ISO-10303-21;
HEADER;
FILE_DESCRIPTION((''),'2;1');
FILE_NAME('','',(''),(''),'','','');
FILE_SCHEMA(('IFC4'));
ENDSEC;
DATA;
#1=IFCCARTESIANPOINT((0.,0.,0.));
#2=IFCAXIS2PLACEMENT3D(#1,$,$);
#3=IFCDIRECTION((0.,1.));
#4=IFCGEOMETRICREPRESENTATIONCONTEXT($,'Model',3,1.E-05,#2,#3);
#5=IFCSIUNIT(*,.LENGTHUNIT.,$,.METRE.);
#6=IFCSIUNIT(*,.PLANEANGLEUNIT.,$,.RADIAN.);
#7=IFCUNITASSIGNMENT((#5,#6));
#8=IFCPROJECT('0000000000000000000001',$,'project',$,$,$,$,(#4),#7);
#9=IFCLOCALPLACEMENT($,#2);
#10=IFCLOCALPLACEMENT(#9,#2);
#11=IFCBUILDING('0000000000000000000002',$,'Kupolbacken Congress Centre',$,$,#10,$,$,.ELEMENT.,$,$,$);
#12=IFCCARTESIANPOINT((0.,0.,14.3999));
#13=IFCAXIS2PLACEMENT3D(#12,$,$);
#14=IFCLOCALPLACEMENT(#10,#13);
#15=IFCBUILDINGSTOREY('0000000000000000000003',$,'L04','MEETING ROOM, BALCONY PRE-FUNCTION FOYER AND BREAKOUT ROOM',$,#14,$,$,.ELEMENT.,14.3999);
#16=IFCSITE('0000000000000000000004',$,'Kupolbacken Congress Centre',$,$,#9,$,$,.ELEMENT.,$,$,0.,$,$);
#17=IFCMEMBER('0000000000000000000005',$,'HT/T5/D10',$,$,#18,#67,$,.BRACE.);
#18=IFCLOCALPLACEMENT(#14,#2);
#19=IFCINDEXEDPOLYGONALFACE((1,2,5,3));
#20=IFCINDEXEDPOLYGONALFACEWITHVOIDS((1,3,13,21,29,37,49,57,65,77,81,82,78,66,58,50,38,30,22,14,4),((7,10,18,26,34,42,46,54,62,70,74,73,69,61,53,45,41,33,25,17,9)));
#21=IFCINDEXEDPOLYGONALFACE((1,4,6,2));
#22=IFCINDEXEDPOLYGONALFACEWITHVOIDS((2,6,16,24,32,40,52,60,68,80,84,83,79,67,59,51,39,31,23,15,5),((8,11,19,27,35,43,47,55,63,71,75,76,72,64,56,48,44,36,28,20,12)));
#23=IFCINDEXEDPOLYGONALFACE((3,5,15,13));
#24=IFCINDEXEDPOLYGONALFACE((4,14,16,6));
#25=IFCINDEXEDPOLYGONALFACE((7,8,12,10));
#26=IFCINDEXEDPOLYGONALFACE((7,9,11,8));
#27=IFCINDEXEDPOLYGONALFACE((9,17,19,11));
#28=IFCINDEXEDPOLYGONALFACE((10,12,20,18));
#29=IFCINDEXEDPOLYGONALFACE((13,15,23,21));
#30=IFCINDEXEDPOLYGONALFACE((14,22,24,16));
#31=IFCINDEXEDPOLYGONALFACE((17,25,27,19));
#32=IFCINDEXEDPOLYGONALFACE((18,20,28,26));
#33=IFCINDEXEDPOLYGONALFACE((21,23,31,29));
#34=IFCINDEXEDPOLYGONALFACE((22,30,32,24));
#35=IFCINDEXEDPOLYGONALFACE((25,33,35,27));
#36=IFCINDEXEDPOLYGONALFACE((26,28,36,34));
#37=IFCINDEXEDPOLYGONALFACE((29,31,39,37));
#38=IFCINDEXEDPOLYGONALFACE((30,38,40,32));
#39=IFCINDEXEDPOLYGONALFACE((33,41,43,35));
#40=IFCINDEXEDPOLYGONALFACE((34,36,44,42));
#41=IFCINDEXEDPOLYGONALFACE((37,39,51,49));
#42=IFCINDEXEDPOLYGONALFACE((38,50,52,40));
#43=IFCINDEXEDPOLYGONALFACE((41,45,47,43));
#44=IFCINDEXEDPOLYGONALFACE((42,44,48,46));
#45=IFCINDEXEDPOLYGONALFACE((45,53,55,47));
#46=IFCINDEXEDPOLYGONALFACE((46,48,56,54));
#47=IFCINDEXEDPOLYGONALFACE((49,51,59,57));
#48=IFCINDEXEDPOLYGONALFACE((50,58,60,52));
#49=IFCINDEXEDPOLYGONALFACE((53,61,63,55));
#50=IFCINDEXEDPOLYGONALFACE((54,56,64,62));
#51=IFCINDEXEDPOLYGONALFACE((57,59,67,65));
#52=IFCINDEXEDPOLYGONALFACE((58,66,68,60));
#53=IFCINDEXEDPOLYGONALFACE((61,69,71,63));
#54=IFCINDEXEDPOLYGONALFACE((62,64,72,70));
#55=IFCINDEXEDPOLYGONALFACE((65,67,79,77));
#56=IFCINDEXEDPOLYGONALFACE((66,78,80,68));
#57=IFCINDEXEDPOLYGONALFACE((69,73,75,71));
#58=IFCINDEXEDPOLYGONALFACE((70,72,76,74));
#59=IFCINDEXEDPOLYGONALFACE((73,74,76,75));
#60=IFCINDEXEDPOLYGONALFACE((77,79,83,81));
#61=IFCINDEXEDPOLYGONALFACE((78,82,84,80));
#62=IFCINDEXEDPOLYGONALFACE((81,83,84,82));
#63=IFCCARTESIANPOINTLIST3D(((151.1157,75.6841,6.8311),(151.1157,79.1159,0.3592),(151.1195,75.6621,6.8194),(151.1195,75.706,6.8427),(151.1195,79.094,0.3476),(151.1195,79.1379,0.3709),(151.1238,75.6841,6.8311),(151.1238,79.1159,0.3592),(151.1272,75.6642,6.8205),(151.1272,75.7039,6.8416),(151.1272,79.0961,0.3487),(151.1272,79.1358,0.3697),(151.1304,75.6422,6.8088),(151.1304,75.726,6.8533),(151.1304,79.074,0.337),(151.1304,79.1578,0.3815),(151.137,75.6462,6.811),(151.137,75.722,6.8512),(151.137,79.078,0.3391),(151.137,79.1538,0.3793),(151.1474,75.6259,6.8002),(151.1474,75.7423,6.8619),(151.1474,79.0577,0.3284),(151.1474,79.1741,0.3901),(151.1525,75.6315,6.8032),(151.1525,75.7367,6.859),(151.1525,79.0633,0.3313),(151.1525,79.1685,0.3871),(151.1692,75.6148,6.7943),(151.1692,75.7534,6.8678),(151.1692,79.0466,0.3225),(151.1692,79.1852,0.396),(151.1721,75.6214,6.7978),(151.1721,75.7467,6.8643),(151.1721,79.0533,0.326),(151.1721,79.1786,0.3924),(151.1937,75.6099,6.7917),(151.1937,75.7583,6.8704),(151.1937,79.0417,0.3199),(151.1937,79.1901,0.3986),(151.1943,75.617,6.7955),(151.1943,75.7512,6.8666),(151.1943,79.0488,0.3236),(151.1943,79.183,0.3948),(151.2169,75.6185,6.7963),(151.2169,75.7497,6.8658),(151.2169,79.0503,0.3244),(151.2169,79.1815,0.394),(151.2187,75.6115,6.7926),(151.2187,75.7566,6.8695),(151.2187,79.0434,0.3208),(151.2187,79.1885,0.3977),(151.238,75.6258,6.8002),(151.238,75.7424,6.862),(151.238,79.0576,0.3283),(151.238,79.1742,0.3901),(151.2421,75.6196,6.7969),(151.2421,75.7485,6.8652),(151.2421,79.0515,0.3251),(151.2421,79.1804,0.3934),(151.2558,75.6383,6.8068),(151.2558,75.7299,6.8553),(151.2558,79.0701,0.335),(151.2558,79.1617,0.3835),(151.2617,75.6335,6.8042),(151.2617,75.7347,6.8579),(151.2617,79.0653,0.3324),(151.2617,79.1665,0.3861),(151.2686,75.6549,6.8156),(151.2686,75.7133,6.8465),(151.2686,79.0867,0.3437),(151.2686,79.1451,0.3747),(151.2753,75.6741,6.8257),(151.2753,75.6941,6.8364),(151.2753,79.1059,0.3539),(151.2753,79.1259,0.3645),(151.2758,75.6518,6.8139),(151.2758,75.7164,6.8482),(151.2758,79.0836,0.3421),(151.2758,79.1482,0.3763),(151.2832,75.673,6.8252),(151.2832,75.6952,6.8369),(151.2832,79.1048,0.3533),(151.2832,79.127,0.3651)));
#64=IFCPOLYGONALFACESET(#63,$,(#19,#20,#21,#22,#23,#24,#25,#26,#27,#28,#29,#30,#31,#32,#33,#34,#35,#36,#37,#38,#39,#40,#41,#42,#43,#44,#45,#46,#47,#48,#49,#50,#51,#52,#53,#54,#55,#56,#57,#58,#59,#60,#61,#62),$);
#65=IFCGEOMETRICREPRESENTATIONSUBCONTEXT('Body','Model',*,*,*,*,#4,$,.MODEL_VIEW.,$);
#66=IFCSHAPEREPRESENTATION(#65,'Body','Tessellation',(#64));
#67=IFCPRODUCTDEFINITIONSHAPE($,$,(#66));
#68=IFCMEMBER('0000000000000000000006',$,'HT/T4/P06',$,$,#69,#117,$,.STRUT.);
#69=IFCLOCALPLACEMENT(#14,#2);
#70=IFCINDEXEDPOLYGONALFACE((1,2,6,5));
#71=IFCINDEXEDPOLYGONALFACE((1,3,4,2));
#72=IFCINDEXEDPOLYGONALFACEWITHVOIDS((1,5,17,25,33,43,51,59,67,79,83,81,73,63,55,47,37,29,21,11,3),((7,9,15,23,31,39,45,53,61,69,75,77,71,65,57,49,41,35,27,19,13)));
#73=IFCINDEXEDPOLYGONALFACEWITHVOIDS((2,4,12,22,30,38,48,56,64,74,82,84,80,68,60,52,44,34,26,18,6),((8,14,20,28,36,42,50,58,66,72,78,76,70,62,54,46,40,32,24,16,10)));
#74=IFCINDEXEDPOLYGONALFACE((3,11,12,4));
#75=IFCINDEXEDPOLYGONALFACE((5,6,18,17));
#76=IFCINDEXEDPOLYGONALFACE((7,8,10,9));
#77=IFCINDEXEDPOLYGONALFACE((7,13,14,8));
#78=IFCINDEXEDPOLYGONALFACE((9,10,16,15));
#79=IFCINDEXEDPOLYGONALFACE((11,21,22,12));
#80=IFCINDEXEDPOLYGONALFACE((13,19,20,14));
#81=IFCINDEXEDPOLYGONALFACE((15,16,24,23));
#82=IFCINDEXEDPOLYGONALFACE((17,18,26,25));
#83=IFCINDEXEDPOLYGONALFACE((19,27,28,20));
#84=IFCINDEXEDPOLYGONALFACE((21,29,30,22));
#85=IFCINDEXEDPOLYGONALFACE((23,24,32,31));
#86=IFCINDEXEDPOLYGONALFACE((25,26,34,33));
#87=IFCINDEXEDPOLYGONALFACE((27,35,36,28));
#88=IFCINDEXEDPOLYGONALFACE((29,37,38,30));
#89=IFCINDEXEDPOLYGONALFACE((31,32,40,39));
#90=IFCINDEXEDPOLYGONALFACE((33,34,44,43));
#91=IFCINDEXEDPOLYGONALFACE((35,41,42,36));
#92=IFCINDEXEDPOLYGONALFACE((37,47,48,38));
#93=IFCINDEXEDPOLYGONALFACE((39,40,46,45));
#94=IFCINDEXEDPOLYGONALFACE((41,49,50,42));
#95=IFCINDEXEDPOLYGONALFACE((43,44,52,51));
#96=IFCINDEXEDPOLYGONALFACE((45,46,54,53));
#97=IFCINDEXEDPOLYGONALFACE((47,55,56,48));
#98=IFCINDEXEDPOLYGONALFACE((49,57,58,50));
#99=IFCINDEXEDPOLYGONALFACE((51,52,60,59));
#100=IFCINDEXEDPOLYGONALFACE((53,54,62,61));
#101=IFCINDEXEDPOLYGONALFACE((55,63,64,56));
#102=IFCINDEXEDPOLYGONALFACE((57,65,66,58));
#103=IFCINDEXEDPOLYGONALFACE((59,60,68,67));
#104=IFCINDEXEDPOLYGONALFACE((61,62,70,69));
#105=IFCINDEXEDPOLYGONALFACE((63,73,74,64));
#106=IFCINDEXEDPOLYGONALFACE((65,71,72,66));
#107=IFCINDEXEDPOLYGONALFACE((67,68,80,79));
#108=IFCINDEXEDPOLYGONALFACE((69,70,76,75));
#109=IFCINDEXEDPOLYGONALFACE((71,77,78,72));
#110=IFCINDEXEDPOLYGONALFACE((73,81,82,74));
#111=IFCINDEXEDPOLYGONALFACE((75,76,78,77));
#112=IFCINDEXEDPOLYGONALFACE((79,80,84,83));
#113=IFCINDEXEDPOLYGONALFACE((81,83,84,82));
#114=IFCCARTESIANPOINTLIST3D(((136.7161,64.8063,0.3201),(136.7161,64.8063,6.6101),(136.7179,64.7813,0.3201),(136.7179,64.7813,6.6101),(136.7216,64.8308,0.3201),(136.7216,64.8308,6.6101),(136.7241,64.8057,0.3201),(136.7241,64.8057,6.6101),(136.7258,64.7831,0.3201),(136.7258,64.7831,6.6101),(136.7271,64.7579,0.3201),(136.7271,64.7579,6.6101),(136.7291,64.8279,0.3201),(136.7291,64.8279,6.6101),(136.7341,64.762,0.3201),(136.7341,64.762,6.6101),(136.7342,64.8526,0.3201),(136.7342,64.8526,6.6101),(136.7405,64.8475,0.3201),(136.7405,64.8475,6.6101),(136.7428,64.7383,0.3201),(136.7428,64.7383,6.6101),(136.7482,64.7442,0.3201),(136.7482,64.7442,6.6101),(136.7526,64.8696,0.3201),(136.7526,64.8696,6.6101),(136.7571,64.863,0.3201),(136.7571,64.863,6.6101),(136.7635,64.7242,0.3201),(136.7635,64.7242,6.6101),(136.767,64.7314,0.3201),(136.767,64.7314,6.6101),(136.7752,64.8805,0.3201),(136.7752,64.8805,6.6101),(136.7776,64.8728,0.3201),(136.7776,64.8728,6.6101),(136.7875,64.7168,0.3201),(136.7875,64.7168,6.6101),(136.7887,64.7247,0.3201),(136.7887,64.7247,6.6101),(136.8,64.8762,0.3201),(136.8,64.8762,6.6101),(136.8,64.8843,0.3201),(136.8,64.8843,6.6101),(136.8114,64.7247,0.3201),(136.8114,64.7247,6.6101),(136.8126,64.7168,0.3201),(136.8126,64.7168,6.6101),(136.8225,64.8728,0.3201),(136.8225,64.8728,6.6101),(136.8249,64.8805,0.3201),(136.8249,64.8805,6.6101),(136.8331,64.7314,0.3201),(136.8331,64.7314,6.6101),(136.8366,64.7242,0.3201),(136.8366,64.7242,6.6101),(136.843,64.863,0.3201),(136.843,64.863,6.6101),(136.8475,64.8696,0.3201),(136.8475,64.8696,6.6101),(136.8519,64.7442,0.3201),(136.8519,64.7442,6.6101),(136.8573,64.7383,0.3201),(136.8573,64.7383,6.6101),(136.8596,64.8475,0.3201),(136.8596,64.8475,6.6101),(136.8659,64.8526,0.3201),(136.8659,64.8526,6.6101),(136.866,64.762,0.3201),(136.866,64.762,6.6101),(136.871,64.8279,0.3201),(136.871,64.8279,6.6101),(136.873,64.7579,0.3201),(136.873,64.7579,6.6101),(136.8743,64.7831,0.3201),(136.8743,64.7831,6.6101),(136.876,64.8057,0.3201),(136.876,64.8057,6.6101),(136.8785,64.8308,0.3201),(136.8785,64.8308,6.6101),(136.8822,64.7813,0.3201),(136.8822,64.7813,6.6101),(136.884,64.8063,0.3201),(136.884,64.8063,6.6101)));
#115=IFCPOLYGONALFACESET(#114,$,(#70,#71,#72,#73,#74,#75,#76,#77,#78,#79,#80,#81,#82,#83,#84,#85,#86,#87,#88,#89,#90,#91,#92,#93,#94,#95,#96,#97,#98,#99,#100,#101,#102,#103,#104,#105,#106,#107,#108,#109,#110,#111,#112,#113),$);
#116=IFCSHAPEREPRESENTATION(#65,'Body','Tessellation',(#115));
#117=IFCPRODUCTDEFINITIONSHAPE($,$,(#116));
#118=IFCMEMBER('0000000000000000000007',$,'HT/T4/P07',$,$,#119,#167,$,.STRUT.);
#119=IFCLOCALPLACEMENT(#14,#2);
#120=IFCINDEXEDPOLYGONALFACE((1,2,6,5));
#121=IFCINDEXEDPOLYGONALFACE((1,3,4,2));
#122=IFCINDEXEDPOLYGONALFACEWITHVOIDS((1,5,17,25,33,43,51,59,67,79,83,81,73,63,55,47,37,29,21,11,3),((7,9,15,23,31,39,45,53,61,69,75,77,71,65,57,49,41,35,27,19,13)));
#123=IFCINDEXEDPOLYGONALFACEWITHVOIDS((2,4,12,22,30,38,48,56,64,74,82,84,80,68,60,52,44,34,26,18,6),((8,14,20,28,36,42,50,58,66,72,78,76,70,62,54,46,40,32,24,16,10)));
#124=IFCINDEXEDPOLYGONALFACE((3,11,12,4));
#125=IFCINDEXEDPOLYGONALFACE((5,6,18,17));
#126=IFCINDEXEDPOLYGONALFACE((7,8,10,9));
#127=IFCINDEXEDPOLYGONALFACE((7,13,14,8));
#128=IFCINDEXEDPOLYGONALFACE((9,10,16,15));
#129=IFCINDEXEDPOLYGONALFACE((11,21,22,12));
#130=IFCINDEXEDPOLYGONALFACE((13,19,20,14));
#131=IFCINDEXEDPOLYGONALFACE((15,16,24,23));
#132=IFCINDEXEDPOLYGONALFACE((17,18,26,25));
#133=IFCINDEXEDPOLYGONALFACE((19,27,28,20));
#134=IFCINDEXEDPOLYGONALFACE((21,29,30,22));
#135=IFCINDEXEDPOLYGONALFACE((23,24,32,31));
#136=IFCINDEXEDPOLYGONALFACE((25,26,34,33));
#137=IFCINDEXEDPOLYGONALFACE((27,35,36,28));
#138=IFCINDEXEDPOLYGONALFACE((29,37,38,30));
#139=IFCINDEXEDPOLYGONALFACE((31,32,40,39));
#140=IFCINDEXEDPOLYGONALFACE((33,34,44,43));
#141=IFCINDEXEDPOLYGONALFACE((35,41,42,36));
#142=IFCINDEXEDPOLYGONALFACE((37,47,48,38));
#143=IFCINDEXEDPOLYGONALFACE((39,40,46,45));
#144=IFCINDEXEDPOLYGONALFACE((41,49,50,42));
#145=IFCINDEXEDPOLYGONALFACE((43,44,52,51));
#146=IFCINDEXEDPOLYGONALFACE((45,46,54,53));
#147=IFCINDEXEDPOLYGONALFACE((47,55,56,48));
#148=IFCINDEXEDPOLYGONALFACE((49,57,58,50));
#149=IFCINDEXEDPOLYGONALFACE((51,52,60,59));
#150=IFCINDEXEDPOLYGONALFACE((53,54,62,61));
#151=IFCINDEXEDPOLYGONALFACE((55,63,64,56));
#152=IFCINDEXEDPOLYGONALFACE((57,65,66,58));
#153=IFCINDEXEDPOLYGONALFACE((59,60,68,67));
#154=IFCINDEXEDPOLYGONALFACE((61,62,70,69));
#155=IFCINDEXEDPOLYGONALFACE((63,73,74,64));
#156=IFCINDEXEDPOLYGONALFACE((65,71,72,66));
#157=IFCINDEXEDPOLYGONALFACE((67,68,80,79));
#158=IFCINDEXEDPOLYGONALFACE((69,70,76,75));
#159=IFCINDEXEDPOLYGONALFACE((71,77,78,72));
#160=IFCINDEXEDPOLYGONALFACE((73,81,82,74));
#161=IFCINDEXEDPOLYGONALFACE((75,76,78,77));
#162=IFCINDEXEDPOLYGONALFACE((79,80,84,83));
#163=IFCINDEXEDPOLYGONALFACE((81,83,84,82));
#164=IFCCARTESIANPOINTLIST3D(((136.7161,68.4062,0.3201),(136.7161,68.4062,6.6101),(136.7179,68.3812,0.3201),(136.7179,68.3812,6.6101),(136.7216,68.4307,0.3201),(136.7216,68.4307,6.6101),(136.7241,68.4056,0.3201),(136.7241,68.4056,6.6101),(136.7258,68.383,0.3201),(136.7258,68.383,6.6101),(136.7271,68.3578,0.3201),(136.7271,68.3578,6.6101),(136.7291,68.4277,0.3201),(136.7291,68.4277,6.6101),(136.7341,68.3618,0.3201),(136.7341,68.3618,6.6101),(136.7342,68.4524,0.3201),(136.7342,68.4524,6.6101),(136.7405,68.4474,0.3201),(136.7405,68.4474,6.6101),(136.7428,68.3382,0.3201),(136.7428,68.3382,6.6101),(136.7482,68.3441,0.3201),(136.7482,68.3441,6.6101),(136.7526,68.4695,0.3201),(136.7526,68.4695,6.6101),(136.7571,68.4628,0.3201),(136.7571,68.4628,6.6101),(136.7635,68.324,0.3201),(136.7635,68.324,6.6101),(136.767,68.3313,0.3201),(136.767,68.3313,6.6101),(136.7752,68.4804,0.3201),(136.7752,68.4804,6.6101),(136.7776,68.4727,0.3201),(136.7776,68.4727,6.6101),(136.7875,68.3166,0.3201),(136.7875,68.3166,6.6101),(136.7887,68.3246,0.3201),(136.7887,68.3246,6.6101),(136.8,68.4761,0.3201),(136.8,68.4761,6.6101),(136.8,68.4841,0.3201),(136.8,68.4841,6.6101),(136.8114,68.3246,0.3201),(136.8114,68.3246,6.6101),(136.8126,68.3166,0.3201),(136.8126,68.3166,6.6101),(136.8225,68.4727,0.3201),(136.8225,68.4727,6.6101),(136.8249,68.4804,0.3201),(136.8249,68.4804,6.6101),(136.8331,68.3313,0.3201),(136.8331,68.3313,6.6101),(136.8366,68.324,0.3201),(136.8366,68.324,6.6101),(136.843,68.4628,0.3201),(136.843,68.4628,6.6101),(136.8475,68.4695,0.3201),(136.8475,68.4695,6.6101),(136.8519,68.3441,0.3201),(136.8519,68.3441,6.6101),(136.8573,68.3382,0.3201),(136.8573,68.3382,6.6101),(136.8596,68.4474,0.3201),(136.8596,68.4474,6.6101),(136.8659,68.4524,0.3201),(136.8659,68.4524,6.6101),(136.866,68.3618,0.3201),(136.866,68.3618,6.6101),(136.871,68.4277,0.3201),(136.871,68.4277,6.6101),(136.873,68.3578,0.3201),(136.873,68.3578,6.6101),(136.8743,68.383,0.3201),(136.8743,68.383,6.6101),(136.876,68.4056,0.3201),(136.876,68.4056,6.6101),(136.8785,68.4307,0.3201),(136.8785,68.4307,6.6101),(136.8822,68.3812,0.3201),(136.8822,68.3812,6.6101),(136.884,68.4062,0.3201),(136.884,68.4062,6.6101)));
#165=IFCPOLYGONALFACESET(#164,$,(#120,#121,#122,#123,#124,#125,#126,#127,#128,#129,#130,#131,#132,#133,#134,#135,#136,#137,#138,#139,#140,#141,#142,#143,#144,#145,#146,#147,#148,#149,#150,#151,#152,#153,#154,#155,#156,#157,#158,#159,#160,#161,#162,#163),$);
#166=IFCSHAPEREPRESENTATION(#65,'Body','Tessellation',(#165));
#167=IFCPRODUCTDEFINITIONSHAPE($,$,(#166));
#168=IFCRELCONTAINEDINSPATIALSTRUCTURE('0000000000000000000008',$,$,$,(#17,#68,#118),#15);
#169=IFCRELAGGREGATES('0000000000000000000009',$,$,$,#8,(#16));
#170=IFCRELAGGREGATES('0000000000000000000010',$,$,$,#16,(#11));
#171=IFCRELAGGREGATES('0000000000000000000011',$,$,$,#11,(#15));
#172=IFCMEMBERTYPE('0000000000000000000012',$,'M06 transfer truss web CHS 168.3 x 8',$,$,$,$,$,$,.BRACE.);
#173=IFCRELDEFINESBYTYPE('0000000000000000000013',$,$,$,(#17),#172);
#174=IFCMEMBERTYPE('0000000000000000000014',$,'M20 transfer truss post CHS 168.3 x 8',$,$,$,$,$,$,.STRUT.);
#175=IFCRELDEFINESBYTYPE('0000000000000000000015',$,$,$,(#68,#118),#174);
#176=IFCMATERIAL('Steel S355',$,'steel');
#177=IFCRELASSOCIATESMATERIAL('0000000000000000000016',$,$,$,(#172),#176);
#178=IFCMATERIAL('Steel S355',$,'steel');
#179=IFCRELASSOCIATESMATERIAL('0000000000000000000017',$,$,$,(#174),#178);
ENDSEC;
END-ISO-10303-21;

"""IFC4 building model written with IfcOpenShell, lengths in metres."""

from ifc_helpers import new_model, si_unit, direction, frame, origin, origin_2d, place, context, subcontext, project, spatial, hollow_circle, extrude, material, material_profile, profile_set, type_object, element, save


model = new_model("IFC4")

# Units and contexts
model_context = context("Model", 3, precision=1e-05, world=origin(), true_north=direction((0.0, 1.0)))
body_context = subcontext(model_context, "Body", "Model", "MODEL_VIEW")
ifc_project = project(units=[si_unit("LENGTHUNIT", "METRE"), si_unit("PLANEANGLEUNIT", "RADIAN")], contexts=[model_context])

# Site, building, storey
site_placement = place(None, origin())
site = spatial("IfcSite", under=ifc_project, at=site_placement, Name="Kupolbacken Congress Centre", CompositionType="ELEMENT", RefElevation=0.0)
building_placement = place(site_placement, origin())
building = spatial("IfcBuilding", under=site, at=building_placement, Name="Kupolbacken Congress Centre", CompositionType="ELEMENT")
storey_placement = place(building_placement, frame((0.0, 0.0, 14.3999)))
storey = spatial("IfcBuildingStorey", under=building, at=storey_placement, Name="L04", Description="MEETING ROOM, BALCONY PRE-FUNCTION FOYER AND BREAKOUT ROOM", CompositionType="ELEMENT", Elevation=14.3999)

# Members
ifc_material_1 = material(Name="Steel S355", Category="steel")
ifc_material_profile_1 = material_profile(ifc_material_1, hollow_circle(Radius=0.0842, WallThickness=0.0081, at=origin_2d()), Name="CHS 168.3 x 8")
ifc_profile_set_1 = profile_set([ifc_material_profile_1], Name="Steel S355")
member_type_1 = type_object("IfcMemberType", Name="M06 transfer truss web CHS 168.3 x 8", PredefinedType="BRACE", material=ifc_profile_set_1)
for number, where, z_axis, x_axis, name in (
    (1, (151.2, 75.6841, 6.8311), (0.0, 0.468482, -0.883473), (-1.0, 0.0, 0.0), "HT/T5/D10"),
):
    element("IfcMember", number, at=place(storey_placement, frame(where, z_axis=z_axis, x_axis=x_axis)), inside=storey, type_object=member_type_1, Name=name, PredefinedType="BRACE", context=body_context, shape_type="SweptSolid", body=[
        extrude(hollow_circle(Radius=0.0842, WallThickness=0.0081, at=origin_2d()), origin(), (0.0, 0.0, 1.0), 7.3254),
    ])
ifc_material_2 = material(Name="Steel S355", Category="steel")
ifc_material_profile_2 = material_profile(ifc_material_2, hollow_circle(Radius=0.0842, WallThickness=0.0081, at=origin_2d()), Name="CHS 168.3 x 8")
ifc_profile_set_2 = profile_set([ifc_material_profile_2], Name="Steel S355")
member_type_2 = type_object("IfcMemberType", Name="M20 transfer truss post CHS 168.3 x 8", PredefinedType="STRUT", material=ifc_profile_set_2)
for number, where, z_axis, x_axis, name in (
    (2, (136.8, 64.8, 0.3201), (0.0, 0.0, 1.0), (0.0, 1.0, 0.0), "HT/T4/P06"),
    (3, (136.8, 68.3999, 0.3201), (0.0, 0.0, 1.0), (0.0, 1.0, 0.0), "HT/T4/P07"),
):
    element("IfcMember", number, at=place(storey_placement, frame(where, z_axis=z_axis, x_axis=x_axis)), inside=storey, type_object=member_type_2, Name=name, PredefinedType="STRUT", context=body_context, shape_type="SweptSolid", body=[
        extrude(hollow_circle(Radius=0.0842, WallThickness=0.0081, at=origin_2d()), origin(), (0.0, 0.0, 1.0), 6.29),
    ])

save(model, "model.ifc")
